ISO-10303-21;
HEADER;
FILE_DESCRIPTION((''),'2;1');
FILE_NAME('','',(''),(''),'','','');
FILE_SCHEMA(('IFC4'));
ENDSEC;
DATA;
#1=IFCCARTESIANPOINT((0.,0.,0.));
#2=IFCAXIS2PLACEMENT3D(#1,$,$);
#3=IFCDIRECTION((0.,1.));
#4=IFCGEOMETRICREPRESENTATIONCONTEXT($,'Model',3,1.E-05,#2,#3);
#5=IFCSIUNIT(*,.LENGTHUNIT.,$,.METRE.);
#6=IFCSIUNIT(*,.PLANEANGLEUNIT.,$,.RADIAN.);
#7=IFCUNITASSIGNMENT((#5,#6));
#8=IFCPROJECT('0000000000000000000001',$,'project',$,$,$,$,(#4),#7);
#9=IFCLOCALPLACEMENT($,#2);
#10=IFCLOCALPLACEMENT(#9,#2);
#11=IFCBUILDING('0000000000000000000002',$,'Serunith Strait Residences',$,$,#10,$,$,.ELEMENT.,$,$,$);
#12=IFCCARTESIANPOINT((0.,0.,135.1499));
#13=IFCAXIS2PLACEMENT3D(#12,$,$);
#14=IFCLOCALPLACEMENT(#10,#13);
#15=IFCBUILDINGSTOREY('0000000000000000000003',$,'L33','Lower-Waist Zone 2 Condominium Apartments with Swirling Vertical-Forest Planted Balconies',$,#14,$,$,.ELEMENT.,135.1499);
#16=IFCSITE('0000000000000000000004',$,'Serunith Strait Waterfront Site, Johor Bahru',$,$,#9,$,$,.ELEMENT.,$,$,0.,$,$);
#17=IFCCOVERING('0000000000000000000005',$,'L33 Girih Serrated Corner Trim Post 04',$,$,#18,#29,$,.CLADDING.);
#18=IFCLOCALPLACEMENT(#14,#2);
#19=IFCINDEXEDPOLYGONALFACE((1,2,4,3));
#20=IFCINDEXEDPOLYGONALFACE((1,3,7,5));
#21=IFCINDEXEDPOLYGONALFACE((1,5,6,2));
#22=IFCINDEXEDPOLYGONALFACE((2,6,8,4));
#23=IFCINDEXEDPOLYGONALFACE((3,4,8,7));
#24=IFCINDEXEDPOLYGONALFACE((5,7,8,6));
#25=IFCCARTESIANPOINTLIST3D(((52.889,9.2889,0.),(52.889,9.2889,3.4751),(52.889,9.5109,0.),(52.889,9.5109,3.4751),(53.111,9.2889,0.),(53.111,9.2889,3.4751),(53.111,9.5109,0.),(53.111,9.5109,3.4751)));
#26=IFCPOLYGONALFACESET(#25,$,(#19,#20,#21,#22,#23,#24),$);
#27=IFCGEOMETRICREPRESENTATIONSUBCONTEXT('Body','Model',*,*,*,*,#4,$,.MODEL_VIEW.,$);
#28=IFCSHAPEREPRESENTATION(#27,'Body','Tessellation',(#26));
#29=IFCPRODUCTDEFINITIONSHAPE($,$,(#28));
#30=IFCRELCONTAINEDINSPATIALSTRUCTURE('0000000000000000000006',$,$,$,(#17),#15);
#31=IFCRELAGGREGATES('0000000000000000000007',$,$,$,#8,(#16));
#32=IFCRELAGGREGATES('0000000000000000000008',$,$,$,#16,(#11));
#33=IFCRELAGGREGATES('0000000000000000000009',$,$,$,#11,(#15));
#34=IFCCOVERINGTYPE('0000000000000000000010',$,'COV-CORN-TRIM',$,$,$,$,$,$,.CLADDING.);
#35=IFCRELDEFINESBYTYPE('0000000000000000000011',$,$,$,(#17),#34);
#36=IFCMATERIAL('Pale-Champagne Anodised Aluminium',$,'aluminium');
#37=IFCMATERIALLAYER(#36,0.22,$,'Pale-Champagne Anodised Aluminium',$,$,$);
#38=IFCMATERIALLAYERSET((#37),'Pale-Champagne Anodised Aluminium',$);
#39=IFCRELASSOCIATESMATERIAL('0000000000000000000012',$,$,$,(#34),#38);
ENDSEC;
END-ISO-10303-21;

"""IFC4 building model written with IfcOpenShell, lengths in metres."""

from ifc_helpers import new_model, si_unit, direction, frame, origin, origin_2d, place, context, subcontext, project, spatial, rectangle, extrude, source, transform, mapped, material, layer, layer_set, type_object, element, save


model = new_model("IFC4")

# Units and contexts
model_context = context("Model", 3, precision=1e-05, world=origin(), true_north=direction((0.0, 1.0)))
body_context = subcontext(model_context, "Body", "Model", "MODEL_VIEW")
ifc_project = project(units=[si_unit("LENGTHUNIT", "METRE"), si_unit("PLANEANGLEUNIT", "RADIAN")], contexts=[model_context])

# Site, building, storey
site_placement = place(None, origin())
site = spatial("IfcSite", under=ifc_project, at=site_placement, Name="Serunith Strait Waterfront Site, Johor Bahru", CompositionType="ELEMENT", RefElevation=0.0)
building_placement = place(site_placement, origin())
building = spatial("IfcBuilding", under=site, at=building_placement, Name="Serunith Strait Residences", CompositionType="ELEMENT")
storey_placement = place(building_placement, frame((0.0, 0.0, 135.1499)))
storey = spatial("IfcBuildingStorey", under=building, at=storey_placement, Name="L33", Description="Lower-Waist Zone 2 Condominium Apartments with Swirling Vertical-Forest Planted Balconies", CompositionType="ELEMENT", Elevation=135.1499)

# Shared definitions
ifc_material_1 = material(Name="Pale-Champagne Anodised Aluminium", Category="aluminium")

# Covering
ifc_layer_1 = layer(ifc_material_1, 0.22, Name="Pale-Champagne Anodised Aluminium")
ifc_layer_set_1 = layer_set([ifc_layer_1], Name="Pale-Champagne Anodised Aluminium")
covering_type = type_object("IfcCoveringType", Name="COV-CORN-TRIM", PredefinedType="CLADDING", material=ifc_layer_set_1)
shared_shape_1 = source(origin(), body_context, "Body", "SweptSolid", [
    extrude(rectangle(XDim=0.2219, YDim=0.2219, at=origin_2d()), origin(), (0.0, 0.0, 1.0), 3.4751),
])
for number, where, z_axis, x_axis, name in (
    (1, (53.0, 9.3999, 0.0), (0.0, 0.0, 1.0), (1.0, 0.0, 0.0), "L33 Girih Serrated Corner Trim Post 04"),
):
    element("IfcCovering", number, at=place(storey_placement, frame(where, z_axis=z_axis, x_axis=x_axis)), inside=storey, type_object=covering_type, Name=name, PredefinedType="CLADDING", context=body_context, shape_type="MappedRepresentation", body=[
        mapped(shared_shape_1, transform((0.0, 0.0, 0.0), scale=1.0)),
    ])

save(model, "model.ifc")
